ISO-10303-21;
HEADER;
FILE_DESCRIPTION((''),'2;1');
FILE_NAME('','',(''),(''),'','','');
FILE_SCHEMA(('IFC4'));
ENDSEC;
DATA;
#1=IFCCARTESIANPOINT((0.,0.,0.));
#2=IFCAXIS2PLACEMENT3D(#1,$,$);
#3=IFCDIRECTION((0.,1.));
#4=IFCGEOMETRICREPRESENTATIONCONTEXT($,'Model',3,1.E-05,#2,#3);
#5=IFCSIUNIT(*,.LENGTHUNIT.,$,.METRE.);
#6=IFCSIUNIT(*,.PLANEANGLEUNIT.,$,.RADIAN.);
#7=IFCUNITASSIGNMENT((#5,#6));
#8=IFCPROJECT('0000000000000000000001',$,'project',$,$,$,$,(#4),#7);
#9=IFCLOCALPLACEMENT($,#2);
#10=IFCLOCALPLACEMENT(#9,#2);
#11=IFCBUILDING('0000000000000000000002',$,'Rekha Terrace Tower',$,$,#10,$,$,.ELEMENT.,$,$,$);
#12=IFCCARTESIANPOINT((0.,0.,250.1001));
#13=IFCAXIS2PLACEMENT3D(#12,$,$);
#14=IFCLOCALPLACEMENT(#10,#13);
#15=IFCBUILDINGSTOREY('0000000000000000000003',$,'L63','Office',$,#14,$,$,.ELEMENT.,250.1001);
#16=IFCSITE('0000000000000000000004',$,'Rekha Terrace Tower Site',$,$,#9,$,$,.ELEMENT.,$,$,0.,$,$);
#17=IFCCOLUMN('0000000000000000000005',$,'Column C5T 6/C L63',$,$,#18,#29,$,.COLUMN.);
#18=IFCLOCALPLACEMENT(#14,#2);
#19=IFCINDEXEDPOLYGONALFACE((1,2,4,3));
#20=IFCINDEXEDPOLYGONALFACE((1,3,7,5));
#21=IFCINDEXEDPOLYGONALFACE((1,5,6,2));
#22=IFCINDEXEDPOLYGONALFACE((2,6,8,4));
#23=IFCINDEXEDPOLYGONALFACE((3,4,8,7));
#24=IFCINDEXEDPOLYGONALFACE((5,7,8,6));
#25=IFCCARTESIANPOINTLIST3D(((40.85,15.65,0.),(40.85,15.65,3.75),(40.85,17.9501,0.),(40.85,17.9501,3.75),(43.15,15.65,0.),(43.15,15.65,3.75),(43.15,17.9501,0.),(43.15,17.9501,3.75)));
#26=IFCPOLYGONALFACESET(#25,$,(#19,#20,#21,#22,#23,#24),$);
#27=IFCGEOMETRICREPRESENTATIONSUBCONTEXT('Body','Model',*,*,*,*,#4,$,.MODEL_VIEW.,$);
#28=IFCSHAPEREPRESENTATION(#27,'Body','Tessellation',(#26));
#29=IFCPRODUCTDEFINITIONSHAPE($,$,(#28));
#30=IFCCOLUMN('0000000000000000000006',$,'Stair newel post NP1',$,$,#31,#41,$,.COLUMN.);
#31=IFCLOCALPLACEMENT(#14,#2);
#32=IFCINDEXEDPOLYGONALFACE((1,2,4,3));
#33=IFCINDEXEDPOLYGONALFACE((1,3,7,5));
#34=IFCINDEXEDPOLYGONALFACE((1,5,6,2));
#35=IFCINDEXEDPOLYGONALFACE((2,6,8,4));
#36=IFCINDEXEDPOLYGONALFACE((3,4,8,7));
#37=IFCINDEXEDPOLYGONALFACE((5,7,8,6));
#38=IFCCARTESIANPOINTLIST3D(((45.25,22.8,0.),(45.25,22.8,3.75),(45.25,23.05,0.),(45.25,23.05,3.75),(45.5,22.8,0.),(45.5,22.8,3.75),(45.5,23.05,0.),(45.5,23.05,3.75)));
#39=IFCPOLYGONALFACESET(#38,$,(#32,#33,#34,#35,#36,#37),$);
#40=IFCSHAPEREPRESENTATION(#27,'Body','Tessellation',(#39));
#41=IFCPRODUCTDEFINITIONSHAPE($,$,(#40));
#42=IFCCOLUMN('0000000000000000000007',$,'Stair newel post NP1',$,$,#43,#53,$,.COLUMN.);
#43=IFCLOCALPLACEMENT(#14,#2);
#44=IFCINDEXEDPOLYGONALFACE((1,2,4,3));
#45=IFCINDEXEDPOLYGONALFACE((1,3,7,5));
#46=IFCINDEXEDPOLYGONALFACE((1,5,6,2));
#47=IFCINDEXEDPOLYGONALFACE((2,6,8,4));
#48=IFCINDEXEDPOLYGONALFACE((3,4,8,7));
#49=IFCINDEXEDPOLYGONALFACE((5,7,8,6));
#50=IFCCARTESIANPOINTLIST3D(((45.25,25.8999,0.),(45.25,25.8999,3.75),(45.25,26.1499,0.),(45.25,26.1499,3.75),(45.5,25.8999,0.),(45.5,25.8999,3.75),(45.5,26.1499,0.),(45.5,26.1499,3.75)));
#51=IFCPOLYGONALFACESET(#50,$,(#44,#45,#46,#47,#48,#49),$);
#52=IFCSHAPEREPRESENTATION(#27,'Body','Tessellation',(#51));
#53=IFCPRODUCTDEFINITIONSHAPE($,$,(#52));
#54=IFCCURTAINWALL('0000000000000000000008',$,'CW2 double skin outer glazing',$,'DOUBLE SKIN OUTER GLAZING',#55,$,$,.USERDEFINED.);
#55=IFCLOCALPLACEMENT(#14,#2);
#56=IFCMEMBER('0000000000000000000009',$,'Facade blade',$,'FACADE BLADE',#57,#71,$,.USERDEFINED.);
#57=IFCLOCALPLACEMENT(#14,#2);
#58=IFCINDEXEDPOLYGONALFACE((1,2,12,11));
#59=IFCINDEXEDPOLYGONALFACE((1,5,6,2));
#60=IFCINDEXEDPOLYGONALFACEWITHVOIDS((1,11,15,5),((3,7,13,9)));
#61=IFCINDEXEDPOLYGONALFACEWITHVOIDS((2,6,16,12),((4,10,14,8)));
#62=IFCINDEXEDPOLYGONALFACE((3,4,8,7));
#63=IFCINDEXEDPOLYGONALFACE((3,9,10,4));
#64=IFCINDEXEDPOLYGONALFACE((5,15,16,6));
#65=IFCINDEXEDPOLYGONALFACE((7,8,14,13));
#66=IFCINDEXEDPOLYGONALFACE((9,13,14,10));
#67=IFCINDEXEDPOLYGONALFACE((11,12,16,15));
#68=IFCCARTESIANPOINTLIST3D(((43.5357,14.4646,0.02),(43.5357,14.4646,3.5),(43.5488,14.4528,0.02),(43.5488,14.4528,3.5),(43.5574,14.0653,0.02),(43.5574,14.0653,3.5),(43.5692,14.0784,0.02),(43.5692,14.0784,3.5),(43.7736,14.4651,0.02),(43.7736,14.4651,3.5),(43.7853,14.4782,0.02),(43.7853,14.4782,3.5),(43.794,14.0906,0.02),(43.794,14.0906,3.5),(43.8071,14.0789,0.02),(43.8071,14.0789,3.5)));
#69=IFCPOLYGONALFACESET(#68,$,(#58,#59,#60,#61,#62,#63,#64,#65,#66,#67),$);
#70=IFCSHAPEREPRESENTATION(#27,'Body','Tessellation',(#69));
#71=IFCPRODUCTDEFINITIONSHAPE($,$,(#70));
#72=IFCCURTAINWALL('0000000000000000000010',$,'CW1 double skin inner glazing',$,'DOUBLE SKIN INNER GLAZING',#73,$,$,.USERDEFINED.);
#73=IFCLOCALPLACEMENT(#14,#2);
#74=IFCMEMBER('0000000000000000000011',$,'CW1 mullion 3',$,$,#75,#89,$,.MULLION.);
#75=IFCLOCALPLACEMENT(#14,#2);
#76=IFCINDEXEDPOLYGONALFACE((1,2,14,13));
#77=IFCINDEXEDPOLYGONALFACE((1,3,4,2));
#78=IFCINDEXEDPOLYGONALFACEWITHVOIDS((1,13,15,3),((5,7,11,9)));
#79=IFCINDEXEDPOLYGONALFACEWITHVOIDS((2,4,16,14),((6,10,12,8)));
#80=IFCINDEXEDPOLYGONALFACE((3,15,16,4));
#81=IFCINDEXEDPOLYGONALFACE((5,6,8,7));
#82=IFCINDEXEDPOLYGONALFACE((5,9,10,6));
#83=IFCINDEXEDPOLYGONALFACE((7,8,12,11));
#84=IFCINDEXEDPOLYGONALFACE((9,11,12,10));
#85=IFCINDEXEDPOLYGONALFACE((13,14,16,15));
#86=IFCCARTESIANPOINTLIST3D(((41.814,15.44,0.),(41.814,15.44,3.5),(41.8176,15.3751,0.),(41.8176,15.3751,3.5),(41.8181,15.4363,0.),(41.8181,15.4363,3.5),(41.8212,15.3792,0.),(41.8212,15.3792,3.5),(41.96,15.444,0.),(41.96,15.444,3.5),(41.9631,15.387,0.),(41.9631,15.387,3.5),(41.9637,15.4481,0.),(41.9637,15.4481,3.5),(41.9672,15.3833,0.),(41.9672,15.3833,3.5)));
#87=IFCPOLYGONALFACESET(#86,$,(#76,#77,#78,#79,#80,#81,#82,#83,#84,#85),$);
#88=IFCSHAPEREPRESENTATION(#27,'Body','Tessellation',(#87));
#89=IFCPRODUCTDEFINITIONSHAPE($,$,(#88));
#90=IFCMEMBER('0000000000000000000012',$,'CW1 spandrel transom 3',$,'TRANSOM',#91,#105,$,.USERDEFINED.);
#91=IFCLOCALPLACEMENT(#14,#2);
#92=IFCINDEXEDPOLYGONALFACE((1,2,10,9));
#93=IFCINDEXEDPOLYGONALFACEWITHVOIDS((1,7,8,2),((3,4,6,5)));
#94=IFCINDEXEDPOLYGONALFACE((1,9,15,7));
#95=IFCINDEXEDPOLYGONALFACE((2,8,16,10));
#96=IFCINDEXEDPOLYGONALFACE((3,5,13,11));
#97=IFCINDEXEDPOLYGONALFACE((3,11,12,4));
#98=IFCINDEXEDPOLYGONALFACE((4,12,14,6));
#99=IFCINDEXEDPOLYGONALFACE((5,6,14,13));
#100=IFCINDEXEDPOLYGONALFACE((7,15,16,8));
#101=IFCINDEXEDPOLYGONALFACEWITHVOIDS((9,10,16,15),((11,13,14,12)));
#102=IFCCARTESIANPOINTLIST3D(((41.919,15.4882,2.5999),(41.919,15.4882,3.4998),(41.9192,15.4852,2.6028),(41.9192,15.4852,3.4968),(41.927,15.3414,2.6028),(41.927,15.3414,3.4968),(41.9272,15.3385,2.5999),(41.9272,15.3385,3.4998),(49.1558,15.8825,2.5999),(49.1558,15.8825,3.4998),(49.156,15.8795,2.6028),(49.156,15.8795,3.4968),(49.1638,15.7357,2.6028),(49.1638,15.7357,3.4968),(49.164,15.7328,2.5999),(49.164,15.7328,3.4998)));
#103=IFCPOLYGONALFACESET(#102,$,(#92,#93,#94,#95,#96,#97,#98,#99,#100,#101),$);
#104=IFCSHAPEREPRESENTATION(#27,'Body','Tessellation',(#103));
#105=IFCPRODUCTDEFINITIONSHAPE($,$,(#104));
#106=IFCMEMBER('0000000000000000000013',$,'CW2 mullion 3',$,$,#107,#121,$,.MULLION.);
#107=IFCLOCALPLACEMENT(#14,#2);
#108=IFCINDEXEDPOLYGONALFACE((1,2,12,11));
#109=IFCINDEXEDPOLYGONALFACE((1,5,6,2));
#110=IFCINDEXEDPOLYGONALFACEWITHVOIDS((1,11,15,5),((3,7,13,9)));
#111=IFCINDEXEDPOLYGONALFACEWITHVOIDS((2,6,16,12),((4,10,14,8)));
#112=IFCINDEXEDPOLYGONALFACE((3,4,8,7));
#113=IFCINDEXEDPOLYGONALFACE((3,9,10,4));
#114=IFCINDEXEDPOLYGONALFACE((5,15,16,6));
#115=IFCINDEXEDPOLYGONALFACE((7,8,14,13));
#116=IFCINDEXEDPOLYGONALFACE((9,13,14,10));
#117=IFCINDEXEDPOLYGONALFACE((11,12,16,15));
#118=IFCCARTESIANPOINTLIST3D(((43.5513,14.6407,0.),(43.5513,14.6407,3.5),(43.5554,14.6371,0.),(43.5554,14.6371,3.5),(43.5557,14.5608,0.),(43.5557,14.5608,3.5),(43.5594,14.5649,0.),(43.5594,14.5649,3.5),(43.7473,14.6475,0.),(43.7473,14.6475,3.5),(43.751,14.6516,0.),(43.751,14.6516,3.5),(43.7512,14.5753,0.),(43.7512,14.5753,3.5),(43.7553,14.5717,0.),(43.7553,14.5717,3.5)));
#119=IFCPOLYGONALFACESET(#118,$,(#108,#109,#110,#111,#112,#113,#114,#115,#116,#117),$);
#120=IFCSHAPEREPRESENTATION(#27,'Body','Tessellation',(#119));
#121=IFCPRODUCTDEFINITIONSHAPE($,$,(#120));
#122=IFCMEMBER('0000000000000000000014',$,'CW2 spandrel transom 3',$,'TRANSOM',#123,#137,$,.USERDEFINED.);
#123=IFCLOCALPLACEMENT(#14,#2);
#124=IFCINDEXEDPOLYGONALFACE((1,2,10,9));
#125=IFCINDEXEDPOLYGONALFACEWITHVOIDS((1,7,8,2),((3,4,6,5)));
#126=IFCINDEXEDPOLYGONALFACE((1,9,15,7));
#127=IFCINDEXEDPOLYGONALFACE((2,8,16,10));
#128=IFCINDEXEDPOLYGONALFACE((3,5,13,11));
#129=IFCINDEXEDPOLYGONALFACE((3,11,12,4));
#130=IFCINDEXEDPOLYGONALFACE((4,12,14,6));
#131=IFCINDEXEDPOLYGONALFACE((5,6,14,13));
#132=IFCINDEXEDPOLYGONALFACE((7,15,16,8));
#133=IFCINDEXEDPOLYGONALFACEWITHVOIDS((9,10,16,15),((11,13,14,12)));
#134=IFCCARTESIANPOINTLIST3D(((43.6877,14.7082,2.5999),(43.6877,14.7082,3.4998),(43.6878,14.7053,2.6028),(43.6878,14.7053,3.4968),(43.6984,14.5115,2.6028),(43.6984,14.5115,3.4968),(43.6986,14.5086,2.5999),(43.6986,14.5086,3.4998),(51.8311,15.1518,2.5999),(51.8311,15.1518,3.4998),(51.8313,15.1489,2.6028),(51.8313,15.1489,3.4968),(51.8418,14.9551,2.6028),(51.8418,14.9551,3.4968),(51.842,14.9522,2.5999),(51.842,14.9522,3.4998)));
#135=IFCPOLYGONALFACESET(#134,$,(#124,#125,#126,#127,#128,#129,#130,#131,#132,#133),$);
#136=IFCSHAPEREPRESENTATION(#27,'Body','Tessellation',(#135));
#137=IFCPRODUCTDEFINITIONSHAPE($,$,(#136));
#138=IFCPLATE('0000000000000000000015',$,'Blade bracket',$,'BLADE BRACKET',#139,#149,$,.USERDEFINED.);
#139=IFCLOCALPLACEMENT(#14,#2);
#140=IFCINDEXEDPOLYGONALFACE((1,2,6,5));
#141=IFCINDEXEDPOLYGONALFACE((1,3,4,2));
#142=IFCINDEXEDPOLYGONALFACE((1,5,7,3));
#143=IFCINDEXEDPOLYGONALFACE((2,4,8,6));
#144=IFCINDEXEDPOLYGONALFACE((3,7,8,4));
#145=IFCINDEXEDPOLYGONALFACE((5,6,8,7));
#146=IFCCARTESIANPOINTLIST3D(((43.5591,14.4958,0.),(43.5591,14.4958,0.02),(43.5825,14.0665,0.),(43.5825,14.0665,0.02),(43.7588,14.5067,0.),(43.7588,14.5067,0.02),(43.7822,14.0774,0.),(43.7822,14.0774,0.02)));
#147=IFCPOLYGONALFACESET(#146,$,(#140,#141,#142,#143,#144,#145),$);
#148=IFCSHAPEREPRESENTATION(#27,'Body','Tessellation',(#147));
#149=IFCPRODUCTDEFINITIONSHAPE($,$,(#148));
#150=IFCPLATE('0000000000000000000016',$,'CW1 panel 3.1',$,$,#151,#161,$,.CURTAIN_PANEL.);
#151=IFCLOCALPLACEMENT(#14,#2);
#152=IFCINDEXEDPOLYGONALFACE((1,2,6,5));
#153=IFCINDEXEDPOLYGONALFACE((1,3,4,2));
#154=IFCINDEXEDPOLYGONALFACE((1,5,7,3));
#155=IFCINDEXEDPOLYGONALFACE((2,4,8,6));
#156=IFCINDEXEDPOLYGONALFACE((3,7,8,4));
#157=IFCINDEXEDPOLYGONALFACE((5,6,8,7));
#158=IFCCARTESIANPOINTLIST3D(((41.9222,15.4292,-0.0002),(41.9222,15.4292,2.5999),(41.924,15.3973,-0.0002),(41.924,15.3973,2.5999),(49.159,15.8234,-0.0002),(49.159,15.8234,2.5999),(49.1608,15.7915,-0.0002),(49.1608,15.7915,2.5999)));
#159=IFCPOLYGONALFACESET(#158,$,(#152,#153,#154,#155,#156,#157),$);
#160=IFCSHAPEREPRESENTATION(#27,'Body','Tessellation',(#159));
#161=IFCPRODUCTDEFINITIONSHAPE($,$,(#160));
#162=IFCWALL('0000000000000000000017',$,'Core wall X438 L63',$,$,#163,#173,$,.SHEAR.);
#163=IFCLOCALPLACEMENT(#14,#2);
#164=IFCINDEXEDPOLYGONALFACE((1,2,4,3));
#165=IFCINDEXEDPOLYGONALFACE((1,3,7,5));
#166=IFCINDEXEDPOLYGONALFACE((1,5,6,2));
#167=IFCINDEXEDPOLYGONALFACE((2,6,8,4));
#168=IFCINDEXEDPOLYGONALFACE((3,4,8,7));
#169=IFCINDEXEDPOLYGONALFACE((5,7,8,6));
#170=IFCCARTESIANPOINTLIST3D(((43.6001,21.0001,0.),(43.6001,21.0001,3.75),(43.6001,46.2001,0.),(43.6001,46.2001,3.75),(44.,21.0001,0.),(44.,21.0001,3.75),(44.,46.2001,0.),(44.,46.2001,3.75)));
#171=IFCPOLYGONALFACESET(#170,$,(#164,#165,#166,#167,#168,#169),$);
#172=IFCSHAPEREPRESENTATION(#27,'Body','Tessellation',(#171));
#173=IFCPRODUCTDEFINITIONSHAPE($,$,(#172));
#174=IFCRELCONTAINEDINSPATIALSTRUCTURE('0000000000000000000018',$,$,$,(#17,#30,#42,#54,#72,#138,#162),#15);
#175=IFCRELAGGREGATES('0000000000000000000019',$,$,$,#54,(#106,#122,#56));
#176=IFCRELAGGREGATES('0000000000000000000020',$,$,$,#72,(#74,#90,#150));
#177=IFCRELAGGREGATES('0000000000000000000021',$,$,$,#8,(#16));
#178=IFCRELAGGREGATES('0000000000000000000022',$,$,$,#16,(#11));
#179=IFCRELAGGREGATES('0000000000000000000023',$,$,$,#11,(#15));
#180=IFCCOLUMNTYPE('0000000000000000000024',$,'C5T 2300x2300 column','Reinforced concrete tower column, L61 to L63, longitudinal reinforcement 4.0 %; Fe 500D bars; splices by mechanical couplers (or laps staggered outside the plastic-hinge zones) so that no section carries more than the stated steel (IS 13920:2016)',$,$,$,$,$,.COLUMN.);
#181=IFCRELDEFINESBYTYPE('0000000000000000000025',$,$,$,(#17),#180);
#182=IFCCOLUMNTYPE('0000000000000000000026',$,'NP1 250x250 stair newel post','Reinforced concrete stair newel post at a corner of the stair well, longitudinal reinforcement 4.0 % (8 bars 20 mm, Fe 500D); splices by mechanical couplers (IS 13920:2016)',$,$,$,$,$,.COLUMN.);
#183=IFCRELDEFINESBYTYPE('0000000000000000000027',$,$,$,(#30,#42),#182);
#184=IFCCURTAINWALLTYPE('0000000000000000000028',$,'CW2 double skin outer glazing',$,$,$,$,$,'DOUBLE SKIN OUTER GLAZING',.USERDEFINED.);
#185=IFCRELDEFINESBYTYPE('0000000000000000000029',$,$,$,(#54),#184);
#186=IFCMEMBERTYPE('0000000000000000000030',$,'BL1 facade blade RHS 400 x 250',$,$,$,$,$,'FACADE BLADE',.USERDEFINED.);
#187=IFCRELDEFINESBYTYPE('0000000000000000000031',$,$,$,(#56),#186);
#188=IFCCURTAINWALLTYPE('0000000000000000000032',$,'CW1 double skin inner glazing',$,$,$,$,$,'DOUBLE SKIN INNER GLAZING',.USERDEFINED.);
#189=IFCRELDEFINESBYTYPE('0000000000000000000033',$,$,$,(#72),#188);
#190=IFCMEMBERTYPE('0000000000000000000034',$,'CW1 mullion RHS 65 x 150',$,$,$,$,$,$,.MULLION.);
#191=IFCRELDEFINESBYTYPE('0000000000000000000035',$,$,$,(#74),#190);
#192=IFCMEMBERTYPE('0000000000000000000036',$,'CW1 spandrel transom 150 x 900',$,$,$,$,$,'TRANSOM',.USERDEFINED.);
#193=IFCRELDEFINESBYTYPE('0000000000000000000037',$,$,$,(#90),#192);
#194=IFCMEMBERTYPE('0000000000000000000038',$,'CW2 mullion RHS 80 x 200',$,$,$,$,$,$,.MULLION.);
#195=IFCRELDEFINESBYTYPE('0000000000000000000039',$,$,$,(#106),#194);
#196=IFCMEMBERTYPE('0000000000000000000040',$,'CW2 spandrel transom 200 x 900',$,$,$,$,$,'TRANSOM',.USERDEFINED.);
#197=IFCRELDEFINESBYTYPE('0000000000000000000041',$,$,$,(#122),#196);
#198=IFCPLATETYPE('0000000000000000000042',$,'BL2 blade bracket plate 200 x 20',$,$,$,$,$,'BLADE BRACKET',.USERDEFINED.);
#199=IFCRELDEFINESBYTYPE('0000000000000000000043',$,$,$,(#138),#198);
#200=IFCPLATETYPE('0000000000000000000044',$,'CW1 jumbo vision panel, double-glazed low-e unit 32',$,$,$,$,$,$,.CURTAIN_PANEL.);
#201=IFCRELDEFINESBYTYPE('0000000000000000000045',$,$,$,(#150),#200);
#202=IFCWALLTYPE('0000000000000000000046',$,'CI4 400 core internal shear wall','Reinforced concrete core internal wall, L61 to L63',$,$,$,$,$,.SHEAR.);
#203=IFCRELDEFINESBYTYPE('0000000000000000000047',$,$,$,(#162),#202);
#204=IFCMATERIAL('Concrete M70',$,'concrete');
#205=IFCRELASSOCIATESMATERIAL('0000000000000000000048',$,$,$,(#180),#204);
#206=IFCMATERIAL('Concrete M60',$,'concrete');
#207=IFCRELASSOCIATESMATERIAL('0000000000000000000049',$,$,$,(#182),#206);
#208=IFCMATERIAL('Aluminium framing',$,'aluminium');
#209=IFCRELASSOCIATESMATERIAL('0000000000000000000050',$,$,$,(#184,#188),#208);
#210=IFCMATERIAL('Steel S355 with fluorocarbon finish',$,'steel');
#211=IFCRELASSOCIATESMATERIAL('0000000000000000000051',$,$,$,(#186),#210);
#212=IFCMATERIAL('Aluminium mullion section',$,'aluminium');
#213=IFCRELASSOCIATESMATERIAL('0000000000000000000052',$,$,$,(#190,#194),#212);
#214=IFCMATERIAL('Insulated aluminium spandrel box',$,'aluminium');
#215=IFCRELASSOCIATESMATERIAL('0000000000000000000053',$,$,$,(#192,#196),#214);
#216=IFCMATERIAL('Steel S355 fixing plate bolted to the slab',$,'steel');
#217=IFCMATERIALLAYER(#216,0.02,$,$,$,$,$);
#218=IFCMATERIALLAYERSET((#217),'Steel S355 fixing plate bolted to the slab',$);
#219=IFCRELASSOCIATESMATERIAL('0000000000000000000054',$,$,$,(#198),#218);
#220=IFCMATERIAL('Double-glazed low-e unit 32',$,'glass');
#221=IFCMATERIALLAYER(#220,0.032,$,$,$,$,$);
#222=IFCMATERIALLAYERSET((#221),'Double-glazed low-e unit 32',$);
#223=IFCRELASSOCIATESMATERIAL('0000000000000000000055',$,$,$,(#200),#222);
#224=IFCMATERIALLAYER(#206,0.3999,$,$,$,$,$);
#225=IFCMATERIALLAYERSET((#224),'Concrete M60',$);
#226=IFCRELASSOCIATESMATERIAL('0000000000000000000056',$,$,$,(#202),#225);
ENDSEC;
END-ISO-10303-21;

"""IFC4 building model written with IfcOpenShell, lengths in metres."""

from ifc_helpers import new_model, si_unit, direction, frame, frame_2d, origin, origin_2d, place, context, subcontext, project, spatial, rectangle, hollow_rectangle, extrude, material, layer, layer_set, material_profile, profile_set, type_object, element, aggregate, save


model = new_model("IFC4")

# Units and contexts
model_context = context("Model", 3, precision=1e-05, world=origin(), true_north=direction((0.0, 1.0)))
body_context = subcontext(model_context, "Body", "Model", "MODEL_VIEW")
ifc_project = project(units=[si_unit("LENGTHUNIT", "METRE"), si_unit("PLANEANGLEUNIT", "RADIAN")], contexts=[model_context])

# Site, building, storey
site_placement = place(None, origin())
site = spatial("IfcSite", under=ifc_project, at=site_placement, Name="Rekha Terrace Tower Site", CompositionType="ELEMENT", RefElevation=0.0)
building_placement = place(site_placement, origin())
building = spatial("IfcBuilding", under=site, at=building_placement, Name="Rekha Terrace Tower", CompositionType="ELEMENT")
storey_placement = place(building_placement, frame((0.0, 0.0, 250.1001)))
storey = spatial("IfcBuildingStorey", under=building, at=storey_placement, Name="L63", Description="Office", CompositionType="ELEMENT", Elevation=250.1001)

# Columns
ifc_material_1 = material(Name="Concrete M70", Category="concrete")
ifc_material_profile_1 = material_profile(ifc_material_1, rectangle(XDim=2.3, YDim=2.3, at=origin_2d()), Name="RC 2300x2300")
ifc_profile_set_1 = profile_set([ifc_material_profile_1], Name="Concrete M70")
column_type_1 = type_object("IfcColumnType", Name="C5T 2300x2300 column", Description="Reinforced concrete tower column, L61 to L63, longitudinal reinforcement 4.0 %; Fe 500D bars; splices by mechanical couplers (or laps staggered outside the plastic-hinge zones) so that no section carries more than the stated steel (IS 13920:2016)", PredefinedType="COLUMN", material=ifc_profile_set_1)
column_placement = place(storey_placement, frame((42.0, 16.8, 0.0), z_axis=(0.0, 0.0, 1.0), x_axis=(1.0, 0.0, 0.0)))
element("IfcColumn", 1, at=column_placement, inside=storey, type_object=column_type_1, Name="Column C5T 6/C L63", PredefinedType="COLUMN", context=body_context, shape_type="SweptSolid", body=[
    extrude(rectangle(XDim=2.3, YDim=2.3, at=origin_2d()), origin(), (0.0, 0.0, 1.0), 3.75),
])
ifc_material_2 = material(Name="Concrete M60", Category="concrete")
ifc_material_profile_2 = material_profile(ifc_material_2, rectangle(XDim=0.25, YDim=0.25, at=origin_2d()), Name="RC 250x250")
ifc_profile_set_2 = profile_set([ifc_material_profile_2], Name="Concrete M60")
column_type_2 = type_object("IfcColumnType", Name="NP1 250x250 stair newel post", Description="Reinforced concrete stair newel post at a corner of the stair well, longitudinal reinforcement 4.0 % (8 bars 20 mm, Fe 500D); splices by mechanical couplers (IS 13920:2016)", PredefinedType="COLUMN", material=ifc_profile_set_2)
for number, where, z_axis, x_axis, name in (
    (2, (45.375, 22.925, 0.0), (0.0, 0.0, 1.0), (1.0, 0.0, 0.0), "Stair newel post NP1"),
    (3, (45.375, 26.0249, 0.0), (0.0, 0.0, 1.0), (1.0, 0.0, 0.0), "Stair newel post NP1"),
):
    element("IfcColumn", number, at=place(storey_placement, frame(where, z_axis=z_axis, x_axis=x_axis)), inside=storey, type_object=column_type_2, Name=name, PredefinedType="COLUMN", context=body_context, shape_type="SweptSolid", body=[
        extrude(rectangle(XDim=0.25, YDim=0.25, at=origin_2d()), origin(), (0.0, 0.0, 1.0), 3.75),
    ])

# Curtain wall, member
ifc_material_3 = material(Name="Aluminium framing", Category="aluminium")
curtain_wall_type_1 = type_object("IfcCurtainWallType", Name="CW2 double skin outer glazing", ElementType="DOUBLE SKIN OUTER GLAZING", PredefinedType="USERDEFINED", material=ifc_material_3)
curtain_wall_1_placement = place(storey_placement, origin())
curtain_wall_1 = element("IfcCurtainWall", 4, at=curtain_wall_1_placement, inside=storey, type_object=curtain_wall_type_1, Name="CW2 double skin outer glazing", ObjectType="DOUBLE SKIN OUTER GLAZING", PredefinedType="USERDEFINED")
ifc_material_4 = material(Name="Steel S355 with fluorocarbon finish", Category="steel")
ifc_material_profile_3 = material_profile(ifc_material_4, hollow_rectangle(XDim=0.25, YDim=0.3999, WallThickness=0.0125, at=origin_2d()), Name="RHS400x250x12.5")
ifc_profile_set_3 = profile_set([ifc_material_profile_3], Name="Steel S355 with fluorocarbon finish")
member_type_1 = type_object("IfcMemberType", Name="BL1 facade blade RHS 400 x 250", ElementType="FACADE BLADE", PredefinedType="USERDEFINED", material=ifc_profile_set_3)
member_1_placement = place(storey_placement, frame((43.6714, 14.2717, 0.02), z_axis=(0.0, 0.0, 1.0), x_axis=(0.99852, 0.054389, 0.0)))
member_1 = element("IfcMember", 5, at=member_1_placement, type_object=member_type_1, Name="Facade blade", ObjectType="FACADE BLADE", PredefinedType="USERDEFINED", context=body_context, shape_type="SweptSolid", body=[
    extrude(hollow_rectangle(XDim=0.25, YDim=0.3999, WallThickness=0.0125, at=origin_2d()), origin(), (0.0, 0.0, 1.0), 3.48),
])

# Curtain wall, members
curtain_wall_type_2 = type_object("IfcCurtainWallType", Name="CW1 double skin inner glazing", ElementType="DOUBLE SKIN INNER GLAZING", PredefinedType="USERDEFINED", material=ifc_material_3)
curtain_wall_2_placement = place(storey_placement, origin())
curtain_wall_2 = element("IfcCurtainWall", 6, at=curtain_wall_2_placement, inside=storey, type_object=curtain_wall_type_2, Name="CW1 double skin inner glazing", ObjectType="DOUBLE SKIN INNER GLAZING", PredefinedType="USERDEFINED")
ifc_material_5 = material(Name="Aluminium mullion section", Category="aluminium")
ifc_material_profile_4 = material_profile(ifc_material_5, hollow_rectangle(XDim=0.0649, YDim=0.1499, WallThickness=0.0039, at=origin_2d()), Name="AL RHS 65x150")
ifc_profile_set_4 = profile_set([ifc_material_profile_4], Name="Aluminium mullion section")
member_type_2 = type_object("IfcMemberType", Name="CW1 mullion RHS 65 x 150", PredefinedType="MULLION", material=ifc_profile_set_4)
member_2_placement = place(storey_placement, frame((41.8906, 15.4116, 0.0), z_axis=(0.0, 0.0, 1.0), x_axis=(-0.054389, 0.99852, 0.0)))
member_2 = element("IfcMember", 7, at=member_2_placement, type_object=member_type_2, Name="CW1 mullion 3", PredefinedType="MULLION", context=body_context, shape_type="SweptSolid", body=[
    extrude(hollow_rectangle(XDim=0.0649, YDim=0.1499, WallThickness=0.0039, at=origin_2d()), origin(), (0.0, 0.0, 1.0), 3.5),
])
ifc_material_6 = material(Name="Insulated aluminium spandrel box", Category="aluminium")
ifc_material_profile_5 = material_profile(ifc_material_6, hollow_rectangle(XDim=0.1499, YDim=0.8999, WallThickness=0.0029, at=origin_2d()), Name="AL SPANDREL BOX 150x900")
ifc_profile_set_5 = profile_set([ifc_material_profile_5], Name="Insulated aluminium spandrel box")
member_type_3 = type_object("IfcMemberType", Name="CW1 spandrel transom 150 x 900", ElementType="TRANSOM", PredefinedType="USERDEFINED", material=ifc_profile_set_5)
member_3_placement = place(storey_placement, frame((41.9231, 15.4133, 3.0498), z_axis=(0.998519, 0.054403, 0.0), x_axis=(-0.054403, 0.998519, 0.0)))
member_3 = element("IfcMember", 8, at=member_3_placement, type_object=member_type_3, Name="CW1 spandrel transom 3", ObjectType="TRANSOM", PredefinedType="USERDEFINED", context=body_context, shape_type="SweptSolid", body=[
    extrude(hollow_rectangle(XDim=0.1499, YDim=0.8999, WallThickness=0.0029, at=origin_2d()), origin(), (0.0, 0.0, 1.0), 7.2476),
])

# Members
ifc_material_profile_6 = material_profile(ifc_material_5, hollow_rectangle(XDim=0.0801, YDim=0.2, WallThickness=0.0039, at=origin_2d()), Name="AL RHS 80x200")
ifc_profile_set_6 = profile_set([ifc_material_profile_6], Name="Aluminium mullion section")
member_type_4 = type_object("IfcMemberType", Name="CW2 mullion RHS 80 x 200", PredefinedType="MULLION", material=ifc_profile_set_6)
member_4_placement = place(storey_placement, frame((43.6533, 14.6062, 0.0), z_axis=(0.0, 0.0, 1.0), x_axis=(-0.054389, 0.99852, 0.0)))
member_4 = element("IfcMember", 9, at=member_4_placement, type_object=member_type_4, Name="CW2 mullion 3", PredefinedType="MULLION", context=body_context, shape_type="SweptSolid", body=[
    extrude(hollow_rectangle(XDim=0.0801, YDim=0.2, WallThickness=0.0039, at=origin_2d()), origin(), (0.0, 0.0, 1.0), 3.5),
])
ifc_material_profile_7 = material_profile(ifc_material_6, hollow_rectangle(XDim=0.2, YDim=0.8999, WallThickness=0.0029, at=origin_2d()), Name="AL SPANDREL BOX 200x900")
ifc_profile_set_7 = profile_set([ifc_material_profile_7], Name="Insulated aluminium spandrel box")
member_type_5 = type_object("IfcMemberType", Name="CW2 spandrel transom 200 x 900", ElementType="TRANSOM", PredefinedType="USERDEFINED", material=ifc_profile_set_7)
member_5_placement = place(storey_placement, frame((43.6931, 14.6084, 3.0498), z_axis=(0.99852, 0.054392, 0.0), x_axis=(-0.054392, 0.99852, 0.0)))
member_5 = element("IfcMember", 10, at=member_5_placement, type_object=member_type_5, Name="CW2 spandrel transom 3", ObjectType="TRANSOM", PredefinedType="USERDEFINED", context=body_context, shape_type="SweptSolid", body=[
    extrude(hollow_rectangle(XDim=0.2, YDim=0.8999, WallThickness=0.0029, at=origin_2d()), origin(), (0.0, 0.0, 1.0), 8.1555),
])
aggregate(curtain_wall_1, [member_4, member_5, member_1])

# Plates
ifc_material_7 = material(Name="Steel S355 fixing plate bolted to the slab", Category="steel")
ifc_layer_1 = layer(ifc_material_7, 0.02)
ifc_layer_set_1 = layer_set([ifc_layer_1], Name="Steel S355 fixing plate bolted to the slab")
plate_type_1 = type_object("IfcPlateType", Name="BL2 blade bracket plate 200 x 20", ElementType="BLADE BRACKET", PredefinedType="USERDEFINED", material=ifc_layer_set_1)
plate_1_placement = place(storey_placement, frame((43.6707, 14.2866, 0.0), z_axis=(0.0, 0.0, 1.0), x_axis=(0.054389, -0.99852, 0.0)))
element("IfcPlate", 11, at=plate_1_placement, inside=storey, type_object=plate_type_1, Name="Blade bracket", ObjectType="BLADE BRACKET", PredefinedType="USERDEFINED", context=body_context, shape_type="SweptSolid", body=[
    extrude(rectangle(XDim=0.4299, YDim=0.2, at=origin_2d()), origin(), (0.0, 0.0, 1.0), 0.02),
])
ifc_material_8 = material(Name="Double-glazed low-e unit 32", Category="glass")
ifc_layer_2 = layer(ifc_material_8, 0.032)
ifc_layer_set_2 = layer_set([ifc_layer_2], Name="Double-glazed low-e unit 32")
plate_type_2 = type_object("IfcPlateType", Name="CW1 jumbo vision panel, double-glazed low-e unit 32", PredefinedType="CURTAIN_PANEL", material=ifc_layer_set_2)
plate_2_placement = place(storey_placement, frame((45.5415, 15.6104, -0.0002), z_axis=(0.0, 0.0, 1.0), x_axis=(0.99852, 0.054389, 0.0)))
plate_2 = element("IfcPlate", 12, at=plate_2_placement, type_object=plate_type_2, Name="CW1 panel 3.1", PredefinedType="CURTAIN_PANEL", context=body_context, shape_type="SweptSolid", body=[
    extrude(rectangle(XDim=7.2476, YDim=0.032, at=origin_2d()), origin(), (0.0, 0.0, 1.0), 2.6001),
])
aggregate(curtain_wall_2, [member_2, member_3, plate_2])

# Wall
ifc_layer_3 = layer(ifc_material_2, 0.3999)
ifc_layer_set_3 = layer_set([ifc_layer_3], Name="Concrete M60")
wall_type_1 = type_object("IfcWallType", Name="CI4 400 core internal shear wall", Description="Reinforced concrete core internal wall, L61 to L63", PredefinedType="SHEAR", material=ifc_layer_set_3)
wall_1_placement = place(storey_placement, frame((43.8, 21.0, 0.0), z_axis=(0.0, 0.0, 1.0), x_axis=(0.0, 1.0, 0.0)))
element("IfcWall", 13, at=wall_1_placement, inside=storey, type_object=wall_type_1, Name="Core wall X438 L63", PredefinedType="SHEAR", context=body_context, shape_type="SweptSolid", body=[
    extrude(rectangle(XDim=25.2, YDim=0.3999, at=frame_2d((12.6001, 0.0))), origin(), (0.0, 0.0, 1.0), 3.75),
])

save(model, "model.ifc")
